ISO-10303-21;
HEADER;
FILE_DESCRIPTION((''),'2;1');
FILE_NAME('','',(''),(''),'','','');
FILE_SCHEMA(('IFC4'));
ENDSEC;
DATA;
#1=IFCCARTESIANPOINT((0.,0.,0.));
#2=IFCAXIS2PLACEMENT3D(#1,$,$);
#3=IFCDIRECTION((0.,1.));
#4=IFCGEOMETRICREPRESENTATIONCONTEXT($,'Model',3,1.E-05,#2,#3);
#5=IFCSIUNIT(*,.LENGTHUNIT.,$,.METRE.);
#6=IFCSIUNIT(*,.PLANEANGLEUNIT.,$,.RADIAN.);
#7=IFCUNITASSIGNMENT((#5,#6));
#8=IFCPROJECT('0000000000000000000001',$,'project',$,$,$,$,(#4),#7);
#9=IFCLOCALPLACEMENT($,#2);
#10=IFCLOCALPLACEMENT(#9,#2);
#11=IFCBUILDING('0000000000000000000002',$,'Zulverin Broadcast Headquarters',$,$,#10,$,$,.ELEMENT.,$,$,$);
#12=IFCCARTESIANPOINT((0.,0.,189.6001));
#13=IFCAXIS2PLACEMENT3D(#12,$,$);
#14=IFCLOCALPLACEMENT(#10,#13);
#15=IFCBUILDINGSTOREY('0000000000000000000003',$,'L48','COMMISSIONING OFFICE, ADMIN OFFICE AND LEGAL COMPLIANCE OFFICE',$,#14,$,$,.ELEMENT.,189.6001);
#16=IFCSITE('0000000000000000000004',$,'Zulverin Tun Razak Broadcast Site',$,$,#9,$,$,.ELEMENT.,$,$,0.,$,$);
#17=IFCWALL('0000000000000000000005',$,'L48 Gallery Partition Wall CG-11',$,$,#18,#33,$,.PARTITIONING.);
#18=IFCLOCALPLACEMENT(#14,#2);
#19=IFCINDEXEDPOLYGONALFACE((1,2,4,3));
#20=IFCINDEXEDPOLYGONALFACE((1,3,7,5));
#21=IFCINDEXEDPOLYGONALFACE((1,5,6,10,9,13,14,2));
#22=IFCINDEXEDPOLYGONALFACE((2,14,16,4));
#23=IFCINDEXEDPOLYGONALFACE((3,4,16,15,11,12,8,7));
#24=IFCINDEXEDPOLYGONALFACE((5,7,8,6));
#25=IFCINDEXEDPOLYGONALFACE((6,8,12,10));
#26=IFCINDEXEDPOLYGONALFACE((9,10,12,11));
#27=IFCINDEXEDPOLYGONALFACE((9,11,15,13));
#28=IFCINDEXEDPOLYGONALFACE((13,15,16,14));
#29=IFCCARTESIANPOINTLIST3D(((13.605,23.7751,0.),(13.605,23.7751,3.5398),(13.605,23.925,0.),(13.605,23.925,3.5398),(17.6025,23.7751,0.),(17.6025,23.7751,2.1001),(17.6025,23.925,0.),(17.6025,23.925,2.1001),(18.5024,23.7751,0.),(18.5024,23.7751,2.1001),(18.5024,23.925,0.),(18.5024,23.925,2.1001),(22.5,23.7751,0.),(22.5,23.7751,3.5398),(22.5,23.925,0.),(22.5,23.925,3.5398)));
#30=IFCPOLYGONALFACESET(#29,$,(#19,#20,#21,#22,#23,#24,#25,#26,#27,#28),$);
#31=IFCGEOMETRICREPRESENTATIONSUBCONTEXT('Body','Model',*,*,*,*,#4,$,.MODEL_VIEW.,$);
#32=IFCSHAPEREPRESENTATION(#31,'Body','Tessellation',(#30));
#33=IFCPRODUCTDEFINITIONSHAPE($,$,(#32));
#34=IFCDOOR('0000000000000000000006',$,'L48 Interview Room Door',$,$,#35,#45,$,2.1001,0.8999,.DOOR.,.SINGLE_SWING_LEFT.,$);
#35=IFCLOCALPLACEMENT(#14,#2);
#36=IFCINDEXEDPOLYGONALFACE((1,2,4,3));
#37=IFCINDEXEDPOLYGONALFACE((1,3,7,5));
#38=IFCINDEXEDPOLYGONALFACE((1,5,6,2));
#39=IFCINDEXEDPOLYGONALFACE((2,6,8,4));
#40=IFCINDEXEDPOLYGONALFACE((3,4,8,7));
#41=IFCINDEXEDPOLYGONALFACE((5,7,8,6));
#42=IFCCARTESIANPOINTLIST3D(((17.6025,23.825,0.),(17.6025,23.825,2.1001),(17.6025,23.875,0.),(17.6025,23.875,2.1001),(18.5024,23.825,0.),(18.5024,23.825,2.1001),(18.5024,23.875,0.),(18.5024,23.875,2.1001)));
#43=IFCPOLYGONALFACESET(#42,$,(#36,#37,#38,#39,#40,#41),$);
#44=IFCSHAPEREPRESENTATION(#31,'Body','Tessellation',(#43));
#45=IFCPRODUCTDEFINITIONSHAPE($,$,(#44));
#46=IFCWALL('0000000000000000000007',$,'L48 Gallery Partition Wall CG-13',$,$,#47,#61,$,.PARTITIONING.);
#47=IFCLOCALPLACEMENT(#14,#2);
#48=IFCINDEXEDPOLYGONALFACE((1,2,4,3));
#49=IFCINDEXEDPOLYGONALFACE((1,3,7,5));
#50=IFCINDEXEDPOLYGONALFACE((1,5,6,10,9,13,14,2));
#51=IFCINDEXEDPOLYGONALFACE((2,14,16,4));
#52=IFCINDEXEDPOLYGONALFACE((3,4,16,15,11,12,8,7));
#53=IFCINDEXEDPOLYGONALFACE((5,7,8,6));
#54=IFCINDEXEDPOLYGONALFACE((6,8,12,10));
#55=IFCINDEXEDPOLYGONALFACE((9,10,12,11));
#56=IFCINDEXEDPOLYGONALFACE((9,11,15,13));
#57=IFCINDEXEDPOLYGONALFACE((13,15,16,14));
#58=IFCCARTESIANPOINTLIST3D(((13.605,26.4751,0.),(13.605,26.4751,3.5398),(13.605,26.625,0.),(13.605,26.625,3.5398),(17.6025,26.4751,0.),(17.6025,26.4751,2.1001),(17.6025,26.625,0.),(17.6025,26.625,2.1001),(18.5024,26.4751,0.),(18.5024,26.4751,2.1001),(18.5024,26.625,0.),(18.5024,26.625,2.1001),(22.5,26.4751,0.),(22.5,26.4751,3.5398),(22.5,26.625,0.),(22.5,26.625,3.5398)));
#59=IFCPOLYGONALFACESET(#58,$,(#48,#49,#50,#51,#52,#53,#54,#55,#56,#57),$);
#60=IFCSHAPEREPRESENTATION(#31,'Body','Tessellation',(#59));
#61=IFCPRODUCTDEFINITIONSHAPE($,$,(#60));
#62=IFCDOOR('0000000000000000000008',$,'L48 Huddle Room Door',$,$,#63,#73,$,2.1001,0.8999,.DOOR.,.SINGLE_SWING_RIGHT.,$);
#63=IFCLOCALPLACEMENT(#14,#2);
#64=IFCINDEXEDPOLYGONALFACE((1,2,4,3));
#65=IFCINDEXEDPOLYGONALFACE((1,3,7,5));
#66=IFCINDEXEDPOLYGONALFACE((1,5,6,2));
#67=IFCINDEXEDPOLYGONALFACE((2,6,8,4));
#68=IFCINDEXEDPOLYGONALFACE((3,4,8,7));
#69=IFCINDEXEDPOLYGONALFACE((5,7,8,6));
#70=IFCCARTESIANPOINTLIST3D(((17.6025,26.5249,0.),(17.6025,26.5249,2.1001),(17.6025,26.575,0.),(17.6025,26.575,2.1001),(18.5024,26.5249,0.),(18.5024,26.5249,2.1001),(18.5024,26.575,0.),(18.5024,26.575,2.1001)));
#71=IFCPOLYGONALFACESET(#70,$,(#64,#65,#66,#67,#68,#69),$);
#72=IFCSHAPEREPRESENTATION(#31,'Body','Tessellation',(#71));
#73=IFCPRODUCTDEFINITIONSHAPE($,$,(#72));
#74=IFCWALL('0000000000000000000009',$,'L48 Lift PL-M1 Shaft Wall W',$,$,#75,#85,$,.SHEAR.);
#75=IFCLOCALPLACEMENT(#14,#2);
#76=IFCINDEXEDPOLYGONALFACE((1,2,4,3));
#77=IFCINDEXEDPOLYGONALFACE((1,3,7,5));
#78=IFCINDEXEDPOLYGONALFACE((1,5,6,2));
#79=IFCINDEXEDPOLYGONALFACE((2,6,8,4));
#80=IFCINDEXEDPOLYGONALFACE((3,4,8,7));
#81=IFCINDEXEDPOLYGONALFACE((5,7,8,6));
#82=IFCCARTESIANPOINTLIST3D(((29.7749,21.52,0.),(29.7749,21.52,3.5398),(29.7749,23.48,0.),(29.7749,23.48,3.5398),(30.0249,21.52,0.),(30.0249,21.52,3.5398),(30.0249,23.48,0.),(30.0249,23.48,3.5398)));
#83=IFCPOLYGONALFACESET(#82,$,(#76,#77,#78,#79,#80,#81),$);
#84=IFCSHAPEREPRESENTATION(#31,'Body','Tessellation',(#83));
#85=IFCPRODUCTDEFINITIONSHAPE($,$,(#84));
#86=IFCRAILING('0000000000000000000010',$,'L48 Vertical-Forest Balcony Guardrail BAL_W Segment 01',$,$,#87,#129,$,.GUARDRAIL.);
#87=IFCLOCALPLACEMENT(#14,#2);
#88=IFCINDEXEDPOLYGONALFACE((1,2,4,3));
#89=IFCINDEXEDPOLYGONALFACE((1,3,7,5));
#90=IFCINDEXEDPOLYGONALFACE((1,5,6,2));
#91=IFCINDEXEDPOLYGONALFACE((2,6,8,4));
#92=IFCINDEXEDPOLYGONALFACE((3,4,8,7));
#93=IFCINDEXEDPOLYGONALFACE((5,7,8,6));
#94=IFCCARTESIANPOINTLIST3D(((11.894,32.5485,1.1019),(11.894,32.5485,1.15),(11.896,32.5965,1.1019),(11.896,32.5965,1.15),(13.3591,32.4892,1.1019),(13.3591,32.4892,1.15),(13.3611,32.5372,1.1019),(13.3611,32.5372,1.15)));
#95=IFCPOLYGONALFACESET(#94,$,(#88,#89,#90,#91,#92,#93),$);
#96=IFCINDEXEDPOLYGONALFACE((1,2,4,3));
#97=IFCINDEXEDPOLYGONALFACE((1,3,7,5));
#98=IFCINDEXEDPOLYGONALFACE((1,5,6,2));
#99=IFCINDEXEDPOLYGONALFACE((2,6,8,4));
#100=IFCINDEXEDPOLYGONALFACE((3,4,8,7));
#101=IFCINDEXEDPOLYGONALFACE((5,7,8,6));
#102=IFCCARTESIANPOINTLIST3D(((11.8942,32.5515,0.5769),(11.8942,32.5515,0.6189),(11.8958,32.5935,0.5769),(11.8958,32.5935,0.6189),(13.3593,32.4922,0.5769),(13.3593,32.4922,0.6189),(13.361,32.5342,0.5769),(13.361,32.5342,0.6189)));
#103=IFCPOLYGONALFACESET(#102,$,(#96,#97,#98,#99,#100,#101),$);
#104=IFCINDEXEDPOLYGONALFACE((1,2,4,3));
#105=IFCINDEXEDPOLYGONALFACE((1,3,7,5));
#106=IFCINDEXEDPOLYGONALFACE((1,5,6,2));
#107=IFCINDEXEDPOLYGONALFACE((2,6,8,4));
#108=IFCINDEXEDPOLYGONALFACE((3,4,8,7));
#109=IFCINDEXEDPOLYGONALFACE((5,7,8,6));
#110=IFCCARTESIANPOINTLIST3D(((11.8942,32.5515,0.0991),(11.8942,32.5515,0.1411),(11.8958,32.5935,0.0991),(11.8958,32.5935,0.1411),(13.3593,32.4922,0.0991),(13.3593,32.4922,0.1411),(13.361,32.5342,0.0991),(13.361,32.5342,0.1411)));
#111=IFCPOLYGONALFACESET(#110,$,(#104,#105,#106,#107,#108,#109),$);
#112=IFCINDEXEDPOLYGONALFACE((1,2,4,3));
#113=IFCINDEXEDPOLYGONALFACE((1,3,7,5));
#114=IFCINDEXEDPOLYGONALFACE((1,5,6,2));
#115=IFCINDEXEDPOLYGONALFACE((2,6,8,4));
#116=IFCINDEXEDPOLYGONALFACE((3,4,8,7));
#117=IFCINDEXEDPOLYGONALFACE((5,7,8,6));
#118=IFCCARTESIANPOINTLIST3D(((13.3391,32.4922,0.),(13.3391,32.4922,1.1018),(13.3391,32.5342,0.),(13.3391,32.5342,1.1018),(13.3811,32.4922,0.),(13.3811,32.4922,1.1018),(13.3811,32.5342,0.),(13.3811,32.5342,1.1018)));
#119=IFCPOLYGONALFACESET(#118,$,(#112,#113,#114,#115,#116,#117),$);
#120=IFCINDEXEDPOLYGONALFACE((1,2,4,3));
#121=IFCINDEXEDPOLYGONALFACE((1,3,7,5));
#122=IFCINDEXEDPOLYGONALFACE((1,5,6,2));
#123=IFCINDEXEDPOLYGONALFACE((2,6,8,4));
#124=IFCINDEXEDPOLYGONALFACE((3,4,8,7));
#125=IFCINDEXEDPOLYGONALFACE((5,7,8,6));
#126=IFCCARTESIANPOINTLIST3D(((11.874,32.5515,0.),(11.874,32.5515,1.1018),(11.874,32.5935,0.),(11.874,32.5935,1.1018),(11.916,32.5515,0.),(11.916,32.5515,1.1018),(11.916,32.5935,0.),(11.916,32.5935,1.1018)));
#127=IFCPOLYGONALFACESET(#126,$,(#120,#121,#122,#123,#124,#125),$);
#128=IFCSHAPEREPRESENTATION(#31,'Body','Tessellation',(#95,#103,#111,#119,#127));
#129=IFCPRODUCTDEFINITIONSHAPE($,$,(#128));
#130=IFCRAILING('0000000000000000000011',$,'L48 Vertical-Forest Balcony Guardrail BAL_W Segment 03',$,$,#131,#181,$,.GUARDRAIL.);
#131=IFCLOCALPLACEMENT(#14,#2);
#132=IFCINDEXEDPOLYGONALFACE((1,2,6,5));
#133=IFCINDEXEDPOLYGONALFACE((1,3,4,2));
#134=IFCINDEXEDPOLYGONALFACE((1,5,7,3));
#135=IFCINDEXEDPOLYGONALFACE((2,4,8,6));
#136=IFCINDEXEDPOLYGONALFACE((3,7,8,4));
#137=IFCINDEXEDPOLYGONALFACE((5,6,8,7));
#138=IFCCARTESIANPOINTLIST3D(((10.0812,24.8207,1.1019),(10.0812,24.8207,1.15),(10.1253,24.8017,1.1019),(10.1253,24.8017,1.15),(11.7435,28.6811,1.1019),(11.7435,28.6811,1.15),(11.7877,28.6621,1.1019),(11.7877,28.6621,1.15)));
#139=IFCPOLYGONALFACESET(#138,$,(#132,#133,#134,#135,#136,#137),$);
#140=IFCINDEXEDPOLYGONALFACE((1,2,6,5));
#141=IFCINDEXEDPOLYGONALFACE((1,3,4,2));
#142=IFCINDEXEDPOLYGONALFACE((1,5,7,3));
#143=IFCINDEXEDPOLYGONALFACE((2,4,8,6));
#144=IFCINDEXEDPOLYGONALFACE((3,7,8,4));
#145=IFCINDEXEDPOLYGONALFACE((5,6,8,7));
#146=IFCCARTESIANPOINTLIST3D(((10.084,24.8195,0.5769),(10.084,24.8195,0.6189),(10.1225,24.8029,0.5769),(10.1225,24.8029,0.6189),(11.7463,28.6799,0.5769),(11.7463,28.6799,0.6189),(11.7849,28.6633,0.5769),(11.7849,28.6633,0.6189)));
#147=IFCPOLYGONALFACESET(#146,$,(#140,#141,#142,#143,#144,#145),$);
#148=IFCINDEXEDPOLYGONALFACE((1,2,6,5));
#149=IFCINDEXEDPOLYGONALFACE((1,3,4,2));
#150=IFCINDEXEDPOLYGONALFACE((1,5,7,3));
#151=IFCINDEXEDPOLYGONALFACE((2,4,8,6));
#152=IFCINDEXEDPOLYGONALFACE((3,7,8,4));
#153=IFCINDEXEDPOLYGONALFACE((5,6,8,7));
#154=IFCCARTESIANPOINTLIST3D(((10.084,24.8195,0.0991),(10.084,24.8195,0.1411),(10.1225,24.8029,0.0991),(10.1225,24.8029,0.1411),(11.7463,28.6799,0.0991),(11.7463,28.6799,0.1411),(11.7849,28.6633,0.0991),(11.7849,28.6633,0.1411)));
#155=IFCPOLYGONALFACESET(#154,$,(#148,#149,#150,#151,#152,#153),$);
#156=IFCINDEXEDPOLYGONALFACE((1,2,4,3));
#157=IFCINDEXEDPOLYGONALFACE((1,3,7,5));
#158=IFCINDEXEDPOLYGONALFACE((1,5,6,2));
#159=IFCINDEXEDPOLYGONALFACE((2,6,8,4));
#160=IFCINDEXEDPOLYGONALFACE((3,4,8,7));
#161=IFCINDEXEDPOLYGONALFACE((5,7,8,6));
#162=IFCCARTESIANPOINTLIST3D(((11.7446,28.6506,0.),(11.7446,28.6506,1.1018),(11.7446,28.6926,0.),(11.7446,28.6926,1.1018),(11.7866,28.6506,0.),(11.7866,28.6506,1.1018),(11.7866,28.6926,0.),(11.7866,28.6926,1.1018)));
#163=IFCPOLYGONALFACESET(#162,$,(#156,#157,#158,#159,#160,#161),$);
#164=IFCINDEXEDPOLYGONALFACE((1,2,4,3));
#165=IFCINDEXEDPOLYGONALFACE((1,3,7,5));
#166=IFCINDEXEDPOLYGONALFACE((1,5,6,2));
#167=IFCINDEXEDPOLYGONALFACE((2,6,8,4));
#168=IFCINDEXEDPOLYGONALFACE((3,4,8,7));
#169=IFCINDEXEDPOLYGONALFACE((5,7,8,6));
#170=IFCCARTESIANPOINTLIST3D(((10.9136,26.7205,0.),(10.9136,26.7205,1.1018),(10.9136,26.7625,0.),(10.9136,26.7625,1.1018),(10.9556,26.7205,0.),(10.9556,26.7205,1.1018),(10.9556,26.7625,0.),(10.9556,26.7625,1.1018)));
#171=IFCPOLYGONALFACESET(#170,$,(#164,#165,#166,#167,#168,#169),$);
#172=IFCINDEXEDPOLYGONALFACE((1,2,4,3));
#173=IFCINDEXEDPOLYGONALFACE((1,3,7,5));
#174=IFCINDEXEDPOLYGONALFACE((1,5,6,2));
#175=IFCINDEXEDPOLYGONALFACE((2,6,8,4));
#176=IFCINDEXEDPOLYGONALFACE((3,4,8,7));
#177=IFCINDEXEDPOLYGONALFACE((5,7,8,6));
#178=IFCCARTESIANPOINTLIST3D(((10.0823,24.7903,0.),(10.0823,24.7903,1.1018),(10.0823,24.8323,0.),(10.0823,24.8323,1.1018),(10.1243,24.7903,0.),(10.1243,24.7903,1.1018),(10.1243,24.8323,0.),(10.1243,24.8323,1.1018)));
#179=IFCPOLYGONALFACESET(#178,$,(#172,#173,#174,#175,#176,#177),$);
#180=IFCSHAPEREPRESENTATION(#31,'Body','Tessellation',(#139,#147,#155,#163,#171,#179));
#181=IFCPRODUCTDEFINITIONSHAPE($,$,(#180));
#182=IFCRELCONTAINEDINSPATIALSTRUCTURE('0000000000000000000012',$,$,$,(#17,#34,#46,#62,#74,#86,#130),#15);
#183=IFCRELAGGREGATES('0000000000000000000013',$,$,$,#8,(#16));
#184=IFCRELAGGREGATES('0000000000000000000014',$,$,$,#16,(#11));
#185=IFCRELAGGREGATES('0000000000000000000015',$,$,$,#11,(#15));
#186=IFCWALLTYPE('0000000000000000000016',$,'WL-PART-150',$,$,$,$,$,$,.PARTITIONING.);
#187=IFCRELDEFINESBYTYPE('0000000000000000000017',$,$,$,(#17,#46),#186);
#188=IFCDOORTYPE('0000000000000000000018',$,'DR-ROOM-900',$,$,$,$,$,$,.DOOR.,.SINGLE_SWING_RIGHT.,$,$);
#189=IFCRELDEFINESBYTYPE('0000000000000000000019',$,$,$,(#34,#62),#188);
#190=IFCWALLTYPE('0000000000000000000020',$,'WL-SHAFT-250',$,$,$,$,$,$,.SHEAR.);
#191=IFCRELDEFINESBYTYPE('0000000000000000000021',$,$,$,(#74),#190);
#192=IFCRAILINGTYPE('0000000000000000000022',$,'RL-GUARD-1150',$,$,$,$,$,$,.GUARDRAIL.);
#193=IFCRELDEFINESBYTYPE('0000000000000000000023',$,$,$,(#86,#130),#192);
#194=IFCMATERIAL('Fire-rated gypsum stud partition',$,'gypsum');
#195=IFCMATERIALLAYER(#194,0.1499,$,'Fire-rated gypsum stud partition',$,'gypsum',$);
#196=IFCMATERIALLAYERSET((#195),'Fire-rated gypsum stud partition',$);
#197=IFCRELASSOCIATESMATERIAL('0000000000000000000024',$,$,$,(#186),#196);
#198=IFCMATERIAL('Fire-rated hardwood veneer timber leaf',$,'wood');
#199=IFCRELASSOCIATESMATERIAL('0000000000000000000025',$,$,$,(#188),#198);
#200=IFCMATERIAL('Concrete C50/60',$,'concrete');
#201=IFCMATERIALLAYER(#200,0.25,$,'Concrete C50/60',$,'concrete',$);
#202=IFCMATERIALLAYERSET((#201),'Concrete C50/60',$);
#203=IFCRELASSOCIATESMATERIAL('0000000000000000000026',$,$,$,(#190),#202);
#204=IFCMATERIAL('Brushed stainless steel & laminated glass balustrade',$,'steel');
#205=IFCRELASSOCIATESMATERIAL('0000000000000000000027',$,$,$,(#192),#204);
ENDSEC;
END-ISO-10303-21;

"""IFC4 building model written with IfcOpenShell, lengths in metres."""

from ifc_helpers import new_model, si_unit, direction, frame, frame_2d, origin, origin_2d, place, context, subcontext, project, spatial, rectangle, extrude, material, layer, layer_set, type_object, element, fill, save


model = new_model("IFC4")

# Units and contexts
model_context = context("Model", 3, precision=1e-05, world=origin(), true_north=direction((0.0, 1.0)))
body_context = subcontext(model_context, "Body", "Model", "MODEL_VIEW")
ifc_project = project(units=[si_unit("LENGTHUNIT", "METRE"), si_unit("PLANEANGLEUNIT", "RADIAN")], contexts=[model_context])

# Site, building, storey
site_placement = place(None, origin())
site = spatial("IfcSite", under=ifc_project, at=site_placement, Name="Zulverin Tun Razak Broadcast Site", CompositionType="ELEMENT", RefElevation=0.0)
building_placement = place(site_placement, origin())
building = spatial("IfcBuilding", under=site, at=building_placement, Name="Zulverin Broadcast Headquarters", CompositionType="ELEMENT")
storey_placement = place(building_placement, frame((0.0, 0.0, 189.6001)))
storey = spatial("IfcBuildingStorey", under=building, at=storey_placement, Name="L48", Description="COMMISSIONING OFFICE, ADMIN OFFICE AND LEGAL COMPLIANCE OFFICE", CompositionType="ELEMENT", Elevation=189.6001)

# Shared definitions
ifc_material_1 = material(Name="Concrete C50/60", Category="concrete")

# Shared definitions
ifc_material_2 = material(Name="Fire-rated gypsum stud partition", Category="gypsum")
ifc_layer_1 = layer(ifc_material_2, 0.1499, Name="Fire-rated gypsum stud partition", Category="gypsum")
ifc_layer_set_1 = layer_set([ifc_layer_1], Name="Fire-rated gypsum stud partition")
wall_type_1 = type_object("IfcWallType", Name="WL-PART-150", PredefinedType="PARTITIONING", material=ifc_layer_set_1)

# Walls, openings, doors
ifc_material_3 = material(Name="Fire-rated hardwood veneer timber leaf", Category="wood")
door_type_1 = type_object("IfcDoorType", Name="DR-ROOM-900", OperationType="SINGLE_SWING_RIGHT", PredefinedType="DOOR", material=ifc_material_3)
wall_1_placement = place(storey_placement, frame((13.605, 23.8501, 0.0), z_axis=(0.0, 0.0, 1.0), x_axis=(1.0, 0.0, 0.0)))
wall_1 = element("IfcWall", 1, at=wall_1_placement, inside=storey, type_object=wall_type_1, Name="L48 Gallery Partition Wall CG-11", PredefinedType="PARTITIONING", context=body_context, shape_type="SweptSolid", body=[
    extrude(rectangle(XDim=8.895, YDim=0.1499, at=frame_2d((4.4475, 0.0))), origin(), (0.0, 0.0, 1.0), 3.5398),
])
opening_1_placement = place(wall_1_placement, frame((3.9976, 0.0, 0.0)))
opening_1 = element("IfcOpeningElement", 2, at=opening_1_placement, cuts=wall_1, PredefinedType="OPENING", context=body_context, shape_type="SweptSolid", body=[
    extrude(rectangle(XDim=0.8999, YDim=2.1001, at=frame_2d((0.45, 1.05))), frame((0.0, 0.085, 0.0), z_axis=(0.0, -1.0, 0.0), x_axis=(1.0, 0.0, 0.0)), (0.0, 0.0, 1.0), 0.1699),
])
door_1_placement = place(opening_1_placement, origin())
door_1 = element("IfcDoor", 3, at=door_1_placement, inside=storey, type_object=door_type_1, Name="L48 Interview Room Door", OperationType="SINGLE_SWING_LEFT", OverallHeight=2.1001, OverallWidth=0.8999, PredefinedType="DOOR", context=body_context, shape_type="SweptSolid", body=[
    extrude(rectangle(XDim=0.8999, YDim=2.1001, at=frame_2d((0.45, 1.05))), frame((0.0, 0.0249, 0.0), z_axis=(0.0, -1.0, 0.0), x_axis=(1.0, 0.0, 0.0)), (0.0, 0.0, 1.0), 0.05),
])
fill(opening_1, door_1)
wall_2_placement = place(storey_placement, frame((13.605, 26.55, 0.0), z_axis=(0.0, 0.0, 1.0), x_axis=(1.0, 0.0, 0.0)))
wall_2 = element("IfcWall", 4, at=wall_2_placement, inside=storey, type_object=wall_type_1, Name="L48 Gallery Partition Wall CG-13", PredefinedType="PARTITIONING", context=body_context, shape_type="SweptSolid", body=[
    extrude(rectangle(XDim=8.895, YDim=0.1499, at=frame_2d((4.4475, 0.0))), origin(), (0.0, 0.0, 1.0), 3.5398),
])
opening_2_placement = place(wall_2_placement, frame((3.9976, 0.0, 0.0)))
opening_2 = element("IfcOpeningElement", 5, at=opening_2_placement, cuts=wall_2, PredefinedType="OPENING", context=body_context, shape_type="SweptSolid", body=[
    extrude(rectangle(XDim=0.8999, YDim=2.1001, at=frame_2d((0.45, 1.05))), frame((0.0, 0.085, 0.0), z_axis=(0.0, -1.0, 0.0), x_axis=(1.0, 0.0, 0.0)), (0.0, 0.0, 1.0), 0.1699),
])
door_2_placement = place(opening_2_placement, origin())
door_2 = element("IfcDoor", 6, at=door_2_placement, inside=storey, type_object=door_type_1, Name="L48 Huddle Room Door", OperationType="SINGLE_SWING_RIGHT", OverallHeight=2.1001, OverallWidth=0.8999, PredefinedType="DOOR", context=body_context, shape_type="SweptSolid", body=[
    extrude(rectangle(XDim=0.8999, YDim=2.1001, at=frame_2d((0.45, 1.05))), frame((0.0, 0.0249, 0.0), z_axis=(0.0, -1.0, 0.0), x_axis=(1.0, 0.0, 0.0)), (0.0, 0.0, 1.0), 0.05),
])
fill(opening_2, door_2)

# Wall
ifc_layer_2 = layer(ifc_material_1, 0.25, Name="Concrete C50/60", Category="concrete")
ifc_layer_set_2 = layer_set([ifc_layer_2], Name="Concrete C50/60")
wall_type_2 = type_object("IfcWallType", Name="WL-SHAFT-250", PredefinedType="SHEAR", material=ifc_layer_set_2)
wall_3_placement = place(storey_placement, frame((29.8999, 21.52, 0.0), z_axis=(0.0, 0.0, 1.0), x_axis=(0.0, 1.0, 0.0)))
element("IfcWall", 7, at=wall_3_placement, inside=storey, type_object=wall_type_2, Name="L48 Lift PL-M1 Shaft Wall W", PredefinedType="SHEAR", context=body_context, shape_type="SweptSolid", body=[
    extrude(rectangle(XDim=1.96, YDim=0.25, at=frame_2d((0.98, 0.0))), origin(), (0.0, 0.0, 1.0), 3.5398),
])

# Railings
ifc_material_4 = material(Name="Brushed stainless steel & laminated glass balustrade", Category="steel")
railing_type = type_object("IfcRailingType", Name="RL-GUARD-1150", PredefinedType="GUARDRAIL", material=ifc_material_4)
railing_1_placement = place(storey_placement, frame((13.3601, 32.5132, 0.0)))
element("IfcRailing", 8, at=railing_1_placement, inside=storey, type_object=railing_type, Name="L48 Vertical-Forest Balcony Guardrail BAL_W Segment 01", PredefinedType="GUARDRAIL", context=body_context, shape_type="SweptSolid", body=[
    extrude(rectangle(XDim=0.0481, YDim=0.0481, at=origin_2d()), frame((0.0, 0.0, 1.126), z_axis=(-0.999181, 0.04046, 0.0), x_axis=(-0.04046, -0.999181, 0.0)), (0.0, 0.0, 1.0), 1.4663),
    extrude(rectangle(XDim=0.042, YDim=0.042, at=origin_2d()), frame((0.0, 0.0, 0.5979), z_axis=(-0.999181, 0.04046, 0.0), x_axis=(-0.04046, -0.999181, 0.0)), (0.0, 0.0, 1.0), 1.4663),
    extrude(rectangle(XDim=0.042, YDim=0.042, at=origin_2d()), frame((0.0, 0.0, 0.1201), z_axis=(-0.999181, 0.04046, 0.0), x_axis=(-0.04046, -0.999181, 0.0)), (0.0, 0.0, 1.0), 1.4663),
    extrude(rectangle(XDim=0.042, YDim=0.042, at=origin_2d()), origin(), (0.0, 0.0, 1.0), 1.1018),
    extrude(rectangle(XDim=0.042, YDim=0.042, at=origin_2d()), frame((-1.4651, 0.0593, 0.0)), (0.0, 0.0, 1.0), 1.1018),
])
railing_2_placement = place(storey_placement, frame((11.7656, 28.6716, 0.0)))
element("IfcRailing", 9, at=railing_2_placement, inside=storey, type_object=railing_type, Name="L48 Vertical-Forest Balcony Guardrail BAL_W Segment 03", PredefinedType="GUARDRAIL", context=body_context, shape_type="SweptSolid", body=[
    extrude(rectangle(XDim=0.0481, YDim=0.0481, at=origin_2d()), frame((0.0, 0.0, 1.126), z_axis=(-0.39551, -0.918462, 0.0), x_axis=(0.918462, -0.39551, 0.0)), (0.0, 0.0, 1.0), 4.2031),
    extrude(rectangle(XDim=0.042, YDim=0.042, at=origin_2d()), frame((0.0, 0.0, 0.5979), z_axis=(-0.39551, -0.918462, 0.0), x_axis=(0.918462, -0.39551, 0.0)), (0.0, 0.0, 1.0), 4.2031),
    extrude(rectangle(XDim=0.042, YDim=0.042, at=origin_2d()), frame((0.0, 0.0, 0.1201), z_axis=(-0.39551, -0.918462, 0.0), x_axis=(0.918462, -0.39551, 0.0)), (0.0, 0.0, 1.0), 4.2031),
    extrude(rectangle(XDim=0.042, YDim=0.042, at=origin_2d()), origin(), (0.0, 0.0, 1.0), 1.1018),
    extrude(rectangle(XDim=0.042, YDim=0.042, at=origin_2d()), frame((-0.8311, -1.9302, 0.0)), (0.0, 0.0, 1.0), 1.1018),
    extrude(rectangle(XDim=0.042, YDim=0.042, at=origin_2d()), frame((-1.6624, -3.8604, 0.0)), (0.0, 0.0, 1.0), 1.1018),
])

save(model, "model.ifc")
